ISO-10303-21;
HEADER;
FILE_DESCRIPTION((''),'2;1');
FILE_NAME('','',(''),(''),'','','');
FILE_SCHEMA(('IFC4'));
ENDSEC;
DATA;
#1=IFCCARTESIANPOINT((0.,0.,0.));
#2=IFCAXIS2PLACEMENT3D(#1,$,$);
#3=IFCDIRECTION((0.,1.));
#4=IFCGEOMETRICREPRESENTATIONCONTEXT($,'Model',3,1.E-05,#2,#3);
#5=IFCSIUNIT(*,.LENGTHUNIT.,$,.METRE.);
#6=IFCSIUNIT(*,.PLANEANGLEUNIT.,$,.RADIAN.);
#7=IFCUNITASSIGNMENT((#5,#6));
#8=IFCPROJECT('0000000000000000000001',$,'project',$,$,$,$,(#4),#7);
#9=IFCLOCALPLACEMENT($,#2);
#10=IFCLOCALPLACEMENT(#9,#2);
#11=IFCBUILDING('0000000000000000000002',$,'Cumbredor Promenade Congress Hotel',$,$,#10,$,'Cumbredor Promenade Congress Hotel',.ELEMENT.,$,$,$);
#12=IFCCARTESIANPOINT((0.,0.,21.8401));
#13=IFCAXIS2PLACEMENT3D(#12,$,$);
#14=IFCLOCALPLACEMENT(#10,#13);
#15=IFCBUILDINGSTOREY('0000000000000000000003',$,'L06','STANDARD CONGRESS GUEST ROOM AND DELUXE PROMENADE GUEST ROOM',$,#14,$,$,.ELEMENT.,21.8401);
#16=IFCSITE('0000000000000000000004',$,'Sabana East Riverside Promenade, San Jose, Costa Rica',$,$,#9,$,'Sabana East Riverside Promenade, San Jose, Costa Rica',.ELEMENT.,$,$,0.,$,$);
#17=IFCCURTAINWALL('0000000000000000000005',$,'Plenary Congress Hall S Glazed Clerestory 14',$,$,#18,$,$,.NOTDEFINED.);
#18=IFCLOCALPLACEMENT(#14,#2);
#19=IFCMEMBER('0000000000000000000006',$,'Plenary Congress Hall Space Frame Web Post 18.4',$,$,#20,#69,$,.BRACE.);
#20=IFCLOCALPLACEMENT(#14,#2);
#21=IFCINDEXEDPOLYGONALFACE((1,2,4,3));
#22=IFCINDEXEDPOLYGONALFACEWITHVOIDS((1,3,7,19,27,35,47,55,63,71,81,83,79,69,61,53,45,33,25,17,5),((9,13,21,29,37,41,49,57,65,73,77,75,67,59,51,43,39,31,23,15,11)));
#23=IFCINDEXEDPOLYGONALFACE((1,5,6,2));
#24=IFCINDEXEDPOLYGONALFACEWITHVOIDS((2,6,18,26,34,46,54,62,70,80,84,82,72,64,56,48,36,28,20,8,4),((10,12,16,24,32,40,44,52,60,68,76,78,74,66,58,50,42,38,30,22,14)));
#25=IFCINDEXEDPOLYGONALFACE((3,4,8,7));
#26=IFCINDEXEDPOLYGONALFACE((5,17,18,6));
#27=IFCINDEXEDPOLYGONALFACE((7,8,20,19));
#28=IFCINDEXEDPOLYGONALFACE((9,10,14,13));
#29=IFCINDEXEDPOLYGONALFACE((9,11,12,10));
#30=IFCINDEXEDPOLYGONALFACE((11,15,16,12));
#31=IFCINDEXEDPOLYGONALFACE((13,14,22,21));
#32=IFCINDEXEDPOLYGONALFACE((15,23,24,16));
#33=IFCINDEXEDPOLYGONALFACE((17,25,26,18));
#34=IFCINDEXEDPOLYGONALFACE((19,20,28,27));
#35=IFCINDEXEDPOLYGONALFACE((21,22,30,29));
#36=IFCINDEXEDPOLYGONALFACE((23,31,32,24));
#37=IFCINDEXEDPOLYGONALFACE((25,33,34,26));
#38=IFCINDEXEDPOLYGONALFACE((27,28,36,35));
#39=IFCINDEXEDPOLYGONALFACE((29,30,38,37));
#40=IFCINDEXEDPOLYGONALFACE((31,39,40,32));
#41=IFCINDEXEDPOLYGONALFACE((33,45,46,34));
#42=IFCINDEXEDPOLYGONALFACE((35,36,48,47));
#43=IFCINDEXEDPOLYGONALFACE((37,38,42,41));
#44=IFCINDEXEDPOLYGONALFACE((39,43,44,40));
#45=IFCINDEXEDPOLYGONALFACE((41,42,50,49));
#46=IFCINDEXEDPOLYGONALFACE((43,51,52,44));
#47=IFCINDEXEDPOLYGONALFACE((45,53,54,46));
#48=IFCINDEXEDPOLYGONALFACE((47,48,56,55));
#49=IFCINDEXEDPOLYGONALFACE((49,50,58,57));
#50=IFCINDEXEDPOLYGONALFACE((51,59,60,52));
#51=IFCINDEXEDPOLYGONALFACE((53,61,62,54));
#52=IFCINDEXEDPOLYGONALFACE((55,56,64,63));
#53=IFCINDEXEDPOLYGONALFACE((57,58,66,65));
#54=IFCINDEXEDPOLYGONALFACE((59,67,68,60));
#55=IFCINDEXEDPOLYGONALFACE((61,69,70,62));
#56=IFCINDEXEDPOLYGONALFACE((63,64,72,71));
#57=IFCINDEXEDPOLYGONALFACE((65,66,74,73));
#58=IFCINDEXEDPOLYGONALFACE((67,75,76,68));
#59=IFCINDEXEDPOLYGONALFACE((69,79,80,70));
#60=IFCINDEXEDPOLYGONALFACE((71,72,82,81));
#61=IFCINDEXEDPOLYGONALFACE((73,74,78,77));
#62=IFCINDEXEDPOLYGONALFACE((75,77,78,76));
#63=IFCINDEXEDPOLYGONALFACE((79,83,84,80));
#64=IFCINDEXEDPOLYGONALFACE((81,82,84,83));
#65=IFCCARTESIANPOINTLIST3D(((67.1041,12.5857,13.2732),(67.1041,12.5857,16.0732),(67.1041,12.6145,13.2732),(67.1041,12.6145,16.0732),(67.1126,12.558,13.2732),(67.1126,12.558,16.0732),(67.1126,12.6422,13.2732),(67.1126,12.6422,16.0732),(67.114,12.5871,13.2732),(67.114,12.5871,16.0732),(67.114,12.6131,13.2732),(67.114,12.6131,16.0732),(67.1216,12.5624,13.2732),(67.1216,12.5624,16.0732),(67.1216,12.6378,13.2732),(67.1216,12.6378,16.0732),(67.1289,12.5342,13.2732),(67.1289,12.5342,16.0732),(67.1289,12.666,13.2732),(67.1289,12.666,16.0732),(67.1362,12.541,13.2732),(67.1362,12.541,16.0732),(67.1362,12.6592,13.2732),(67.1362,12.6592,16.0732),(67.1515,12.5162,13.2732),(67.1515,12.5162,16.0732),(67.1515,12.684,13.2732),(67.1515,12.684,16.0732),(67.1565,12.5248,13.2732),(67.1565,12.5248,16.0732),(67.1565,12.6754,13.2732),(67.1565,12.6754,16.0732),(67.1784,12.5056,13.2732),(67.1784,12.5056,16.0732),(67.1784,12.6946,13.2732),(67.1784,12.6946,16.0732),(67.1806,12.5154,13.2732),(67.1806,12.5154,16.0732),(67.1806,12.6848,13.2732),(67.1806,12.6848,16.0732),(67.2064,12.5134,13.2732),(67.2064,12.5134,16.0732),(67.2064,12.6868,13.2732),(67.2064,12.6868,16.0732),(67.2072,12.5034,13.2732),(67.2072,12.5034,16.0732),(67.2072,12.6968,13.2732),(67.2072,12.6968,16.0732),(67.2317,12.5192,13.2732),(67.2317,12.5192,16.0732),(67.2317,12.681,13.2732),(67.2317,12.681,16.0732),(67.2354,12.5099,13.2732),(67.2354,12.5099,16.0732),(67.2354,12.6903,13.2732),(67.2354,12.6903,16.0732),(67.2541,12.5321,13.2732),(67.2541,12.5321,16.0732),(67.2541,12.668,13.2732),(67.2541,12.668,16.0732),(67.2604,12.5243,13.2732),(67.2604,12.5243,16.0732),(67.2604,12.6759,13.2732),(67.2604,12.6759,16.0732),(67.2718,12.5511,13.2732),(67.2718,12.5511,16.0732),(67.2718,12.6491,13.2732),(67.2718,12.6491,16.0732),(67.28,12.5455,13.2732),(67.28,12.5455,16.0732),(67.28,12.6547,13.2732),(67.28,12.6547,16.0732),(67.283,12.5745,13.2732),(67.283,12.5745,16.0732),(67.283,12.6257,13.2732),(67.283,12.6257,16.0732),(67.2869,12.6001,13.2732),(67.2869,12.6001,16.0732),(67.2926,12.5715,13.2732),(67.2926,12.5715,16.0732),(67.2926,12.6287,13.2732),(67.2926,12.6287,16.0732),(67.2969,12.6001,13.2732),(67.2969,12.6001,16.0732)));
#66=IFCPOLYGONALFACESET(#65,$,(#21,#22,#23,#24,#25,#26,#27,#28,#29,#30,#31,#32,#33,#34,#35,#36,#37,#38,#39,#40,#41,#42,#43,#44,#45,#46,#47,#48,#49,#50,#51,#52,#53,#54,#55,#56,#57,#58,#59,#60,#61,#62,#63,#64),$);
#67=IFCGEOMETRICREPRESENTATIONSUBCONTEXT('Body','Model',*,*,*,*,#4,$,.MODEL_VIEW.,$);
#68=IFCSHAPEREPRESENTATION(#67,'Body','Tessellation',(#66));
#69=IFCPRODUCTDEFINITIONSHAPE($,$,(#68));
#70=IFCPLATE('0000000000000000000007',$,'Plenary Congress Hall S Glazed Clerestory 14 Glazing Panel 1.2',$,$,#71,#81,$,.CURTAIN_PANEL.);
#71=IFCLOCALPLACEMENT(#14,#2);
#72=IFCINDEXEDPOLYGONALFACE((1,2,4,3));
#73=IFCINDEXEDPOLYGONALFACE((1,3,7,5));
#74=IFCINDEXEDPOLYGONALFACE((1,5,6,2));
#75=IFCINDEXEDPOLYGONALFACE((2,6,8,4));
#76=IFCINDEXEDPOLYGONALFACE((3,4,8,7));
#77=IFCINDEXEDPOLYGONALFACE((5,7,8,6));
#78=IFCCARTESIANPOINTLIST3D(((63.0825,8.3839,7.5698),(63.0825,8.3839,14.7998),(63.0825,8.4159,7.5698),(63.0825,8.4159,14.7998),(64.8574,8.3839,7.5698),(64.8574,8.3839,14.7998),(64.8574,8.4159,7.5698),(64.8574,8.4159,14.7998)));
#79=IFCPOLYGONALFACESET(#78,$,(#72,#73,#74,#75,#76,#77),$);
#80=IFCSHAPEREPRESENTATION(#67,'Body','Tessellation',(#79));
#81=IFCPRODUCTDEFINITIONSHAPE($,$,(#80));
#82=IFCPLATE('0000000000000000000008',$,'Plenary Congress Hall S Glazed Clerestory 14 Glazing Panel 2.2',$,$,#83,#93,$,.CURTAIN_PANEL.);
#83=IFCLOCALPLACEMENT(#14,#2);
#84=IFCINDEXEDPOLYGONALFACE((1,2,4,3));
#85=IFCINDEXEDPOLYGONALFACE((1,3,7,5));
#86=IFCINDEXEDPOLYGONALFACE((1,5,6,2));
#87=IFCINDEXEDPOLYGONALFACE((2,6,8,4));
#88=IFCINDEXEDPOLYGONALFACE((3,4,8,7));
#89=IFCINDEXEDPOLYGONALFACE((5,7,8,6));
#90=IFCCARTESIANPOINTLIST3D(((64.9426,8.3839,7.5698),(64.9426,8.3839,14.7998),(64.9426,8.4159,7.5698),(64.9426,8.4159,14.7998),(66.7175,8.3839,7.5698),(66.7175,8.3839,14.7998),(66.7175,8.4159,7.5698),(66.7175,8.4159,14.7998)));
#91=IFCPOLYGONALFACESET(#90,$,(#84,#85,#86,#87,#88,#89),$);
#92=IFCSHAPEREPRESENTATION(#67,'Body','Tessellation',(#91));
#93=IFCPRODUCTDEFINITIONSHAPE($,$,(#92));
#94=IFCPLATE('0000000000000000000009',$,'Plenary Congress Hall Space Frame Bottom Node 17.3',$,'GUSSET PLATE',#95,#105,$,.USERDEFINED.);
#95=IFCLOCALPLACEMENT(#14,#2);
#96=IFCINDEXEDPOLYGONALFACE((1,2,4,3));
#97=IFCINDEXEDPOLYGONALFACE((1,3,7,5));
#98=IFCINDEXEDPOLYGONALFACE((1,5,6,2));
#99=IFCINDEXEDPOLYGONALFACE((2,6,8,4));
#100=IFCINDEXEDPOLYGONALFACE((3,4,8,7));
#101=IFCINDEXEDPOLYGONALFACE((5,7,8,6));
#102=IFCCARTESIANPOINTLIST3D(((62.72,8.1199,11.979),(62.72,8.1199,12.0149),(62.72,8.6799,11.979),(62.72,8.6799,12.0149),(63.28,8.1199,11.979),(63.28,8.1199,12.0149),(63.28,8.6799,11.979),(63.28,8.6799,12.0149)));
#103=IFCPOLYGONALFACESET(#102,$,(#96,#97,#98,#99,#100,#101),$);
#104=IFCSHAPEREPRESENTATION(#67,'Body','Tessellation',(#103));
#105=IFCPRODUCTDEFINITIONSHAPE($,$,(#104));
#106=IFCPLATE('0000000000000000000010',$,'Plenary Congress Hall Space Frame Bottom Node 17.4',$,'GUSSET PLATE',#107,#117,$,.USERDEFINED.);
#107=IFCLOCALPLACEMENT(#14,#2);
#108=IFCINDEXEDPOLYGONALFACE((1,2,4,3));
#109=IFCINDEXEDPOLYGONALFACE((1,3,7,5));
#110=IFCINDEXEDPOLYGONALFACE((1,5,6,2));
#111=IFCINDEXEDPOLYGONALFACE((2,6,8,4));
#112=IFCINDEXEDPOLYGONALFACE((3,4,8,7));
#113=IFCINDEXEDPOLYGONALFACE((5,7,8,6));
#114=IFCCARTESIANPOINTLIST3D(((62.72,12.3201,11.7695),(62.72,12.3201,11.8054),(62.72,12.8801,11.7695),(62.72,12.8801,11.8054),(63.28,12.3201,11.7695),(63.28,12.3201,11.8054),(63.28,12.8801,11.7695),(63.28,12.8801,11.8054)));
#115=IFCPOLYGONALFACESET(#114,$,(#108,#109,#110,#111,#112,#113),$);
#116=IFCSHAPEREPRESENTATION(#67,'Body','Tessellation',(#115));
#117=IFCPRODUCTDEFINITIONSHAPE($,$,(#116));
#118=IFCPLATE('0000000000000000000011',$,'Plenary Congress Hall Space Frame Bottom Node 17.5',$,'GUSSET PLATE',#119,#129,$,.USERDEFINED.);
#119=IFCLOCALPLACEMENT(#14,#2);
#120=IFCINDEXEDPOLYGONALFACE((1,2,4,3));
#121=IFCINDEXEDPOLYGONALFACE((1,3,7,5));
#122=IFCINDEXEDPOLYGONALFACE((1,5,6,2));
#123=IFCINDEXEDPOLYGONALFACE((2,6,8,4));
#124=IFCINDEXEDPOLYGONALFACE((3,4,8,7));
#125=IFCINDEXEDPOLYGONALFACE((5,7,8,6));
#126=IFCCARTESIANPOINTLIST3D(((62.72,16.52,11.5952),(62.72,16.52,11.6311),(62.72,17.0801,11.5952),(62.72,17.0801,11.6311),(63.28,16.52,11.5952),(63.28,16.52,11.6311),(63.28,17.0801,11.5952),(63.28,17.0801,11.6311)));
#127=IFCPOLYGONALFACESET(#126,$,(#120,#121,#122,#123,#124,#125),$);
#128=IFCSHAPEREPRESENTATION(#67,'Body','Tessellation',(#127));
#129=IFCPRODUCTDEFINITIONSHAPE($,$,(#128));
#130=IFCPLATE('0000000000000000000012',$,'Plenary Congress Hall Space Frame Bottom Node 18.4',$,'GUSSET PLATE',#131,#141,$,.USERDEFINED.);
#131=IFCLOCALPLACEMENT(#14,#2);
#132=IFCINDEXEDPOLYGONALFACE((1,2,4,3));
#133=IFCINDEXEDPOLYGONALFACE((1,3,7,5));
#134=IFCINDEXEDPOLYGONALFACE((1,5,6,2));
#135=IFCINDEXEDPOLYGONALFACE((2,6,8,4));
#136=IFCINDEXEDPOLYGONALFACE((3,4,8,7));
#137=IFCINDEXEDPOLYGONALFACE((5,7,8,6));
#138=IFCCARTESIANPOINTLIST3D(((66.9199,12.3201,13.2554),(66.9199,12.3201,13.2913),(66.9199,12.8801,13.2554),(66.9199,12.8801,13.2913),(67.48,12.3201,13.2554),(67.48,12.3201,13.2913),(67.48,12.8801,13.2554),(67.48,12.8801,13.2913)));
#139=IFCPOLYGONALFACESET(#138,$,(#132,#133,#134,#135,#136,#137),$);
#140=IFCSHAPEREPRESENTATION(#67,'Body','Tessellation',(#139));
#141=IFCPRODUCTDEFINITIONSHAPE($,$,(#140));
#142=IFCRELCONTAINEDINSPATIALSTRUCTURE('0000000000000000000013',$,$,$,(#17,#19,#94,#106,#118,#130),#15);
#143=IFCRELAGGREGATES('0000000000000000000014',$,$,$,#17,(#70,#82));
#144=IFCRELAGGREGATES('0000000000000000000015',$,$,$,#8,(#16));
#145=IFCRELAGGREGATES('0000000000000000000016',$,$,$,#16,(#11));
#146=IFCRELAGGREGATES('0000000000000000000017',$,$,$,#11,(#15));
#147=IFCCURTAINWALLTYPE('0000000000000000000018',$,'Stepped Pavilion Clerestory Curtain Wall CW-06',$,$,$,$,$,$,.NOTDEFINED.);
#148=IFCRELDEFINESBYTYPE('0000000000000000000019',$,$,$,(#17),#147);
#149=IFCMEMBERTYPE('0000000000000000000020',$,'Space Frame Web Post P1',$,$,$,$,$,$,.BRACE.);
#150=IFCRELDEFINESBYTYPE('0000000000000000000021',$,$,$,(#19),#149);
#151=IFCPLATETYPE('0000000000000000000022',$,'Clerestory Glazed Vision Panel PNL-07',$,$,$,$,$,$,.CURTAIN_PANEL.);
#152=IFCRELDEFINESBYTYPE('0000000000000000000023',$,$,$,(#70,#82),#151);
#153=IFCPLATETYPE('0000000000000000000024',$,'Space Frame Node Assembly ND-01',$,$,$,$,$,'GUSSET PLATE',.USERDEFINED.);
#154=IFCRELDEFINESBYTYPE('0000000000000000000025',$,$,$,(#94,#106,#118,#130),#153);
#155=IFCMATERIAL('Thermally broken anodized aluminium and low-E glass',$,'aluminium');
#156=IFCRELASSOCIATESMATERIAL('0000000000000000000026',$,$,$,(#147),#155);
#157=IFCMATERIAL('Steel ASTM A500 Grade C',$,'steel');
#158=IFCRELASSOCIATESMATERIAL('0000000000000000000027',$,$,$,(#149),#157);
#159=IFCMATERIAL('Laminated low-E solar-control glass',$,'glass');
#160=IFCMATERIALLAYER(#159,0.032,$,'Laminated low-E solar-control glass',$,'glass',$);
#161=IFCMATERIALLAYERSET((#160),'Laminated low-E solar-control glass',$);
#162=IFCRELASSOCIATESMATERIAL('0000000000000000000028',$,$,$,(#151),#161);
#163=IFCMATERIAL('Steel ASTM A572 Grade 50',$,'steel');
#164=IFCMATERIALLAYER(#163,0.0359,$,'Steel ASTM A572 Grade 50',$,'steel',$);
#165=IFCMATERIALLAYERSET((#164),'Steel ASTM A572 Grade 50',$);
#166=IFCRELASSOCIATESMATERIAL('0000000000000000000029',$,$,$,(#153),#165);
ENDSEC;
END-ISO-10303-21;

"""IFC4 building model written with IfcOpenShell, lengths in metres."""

from ifc_helpers import new_model, si_unit, direction, frame, origin, origin_2d, place, context, subcontext, project, spatial, rectangle, hollow_circle, extrude, material, layer, layer_set, material_profile, profile_set, type_object, element, aggregate, save


model = new_model("IFC4")

# Units and contexts
model_context = context("Model", 3, precision=1e-05, world=origin(), true_north=direction((0.0, 1.0)))
body_context = subcontext(model_context, "Body", "Model", "MODEL_VIEW")
ifc_project = project(units=[si_unit("LENGTHUNIT", "METRE"), si_unit("PLANEANGLEUNIT", "RADIAN")], contexts=[model_context])

# Site, building, storey
site_placement = place(None, origin())
site = spatial("IfcSite", under=ifc_project, at=site_placement, Name="Sabana East Riverside Promenade, San Jose, Costa Rica", LongName="Sabana East Riverside Promenade, San Jose, Costa Rica", CompositionType="ELEMENT", RefElevation=0.0)
building_placement = place(site_placement, origin())
building = spatial("IfcBuilding", under=site, at=building_placement, Name="Cumbredor Promenade Congress Hotel", LongName="Cumbredor Promenade Congress Hotel", CompositionType="ELEMENT")
storey_placement = place(building_placement, frame((0.0, 0.0, 21.8401)))
storey = spatial("IfcBuildingStorey", under=building, at=storey_placement, Name="L06", Description="STANDARD CONGRESS GUEST ROOM AND DELUXE PROMENADE GUEST ROOM", CompositionType="ELEMENT", Elevation=21.8401)

# Curtain wall
ifc_material_1 = material(Name="Thermally broken anodized aluminium and low-E glass", Category="aluminium")
curtain_wall_type = type_object("IfcCurtainWallType", Name="Stepped Pavilion Clerestory Curtain Wall CW-06", PredefinedType="NOTDEFINED", material=ifc_material_1)
curtain_wall_placement = place(storey_placement, origin())
curtain_wall = element("IfcCurtainWall", 1, at=curtain_wall_placement, inside=storey, type_object=curtain_wall_type, Name="Plenary Congress Hall S Glazed Clerestory 14", PredefinedType="NOTDEFINED")

# Member
ifc_material_2 = material(Name="Steel ASTM A500 Grade C", Category="steel")
ifc_material_profile_1 = material_profile(ifc_material_2, hollow_circle(Radius=0.0969, WallThickness=0.01, at=origin_2d()), Name="CHS 193.7x10")
ifc_profile_set_1 = profile_set([ifc_material_profile_1], Name="Steel ASTM A500 Grade C")
member_type_1 = type_object("IfcMemberType", Name="Space Frame Web Post P1", PredefinedType="BRACE", material=ifc_profile_set_1)
for number, where, z_axis, x_axis, name in (
    (2, (67.2, 12.6001, 13.2732), (0.0, 0.0, 1.0), (1.0, 0.0, 0.0), "Plenary Congress Hall Space Frame Web Post 18.4"),
):
    element("IfcMember", number, at=place(storey_placement, frame(where, z_axis=z_axis, x_axis=x_axis)), inside=storey, type_object=member_type_1, Name=name, PredefinedType="BRACE", context=body_context, shape_type="SweptSolid", body=[
        extrude(hollow_circle(Radius=0.0969, WallThickness=0.01, at=origin_2d()), origin(), (0.0, 0.0, 1.0), 2.8),
    ])

# Plates
ifc_material_3 = material(Name="Laminated low-E solar-control glass", Category="glass")
ifc_layer_1 = layer(ifc_material_3, 0.032, Name="Laminated low-E solar-control glass", Category="glass")
ifc_layer_set_1 = layer_set([ifc_layer_1], Name="Laminated low-E solar-control glass")
plate_type_1 = type_object("IfcPlateType", Name="Clerestory Glazed Vision Panel PNL-07", PredefinedType="CURTAIN_PANEL", material=ifc_layer_set_1)
plate_1_placement = place(storey_placement, frame((63.97, 8.3999, 7.5698), z_axis=(0.0, 0.0, 1.0), x_axis=(1.0, 0.0, 0.0)))
plate_1 = element("IfcPlate", 3, at=plate_1_placement, type_object=plate_type_1, Name="Plenary Congress Hall S Glazed Clerestory 14 Glazing Panel 1.2", PredefinedType="CURTAIN_PANEL", context=body_context, shape_type="SweptSolid", body=[
    extrude(rectangle(XDim=1.7749, YDim=0.032, at=origin_2d()), origin(), (0.0, 0.0, 1.0), 7.23),
])
plate_2_placement = place(storey_placement, frame((65.8301, 8.3999, 7.5698), z_axis=(0.0, 0.0, 1.0), x_axis=(1.0, 0.0, 0.0)))
plate_2 = element("IfcPlate", 4, at=plate_2_placement, type_object=plate_type_1, Name="Plenary Congress Hall S Glazed Clerestory 14 Glazing Panel 2.2", PredefinedType="CURTAIN_PANEL", context=body_context, shape_type="SweptSolid", body=[
    extrude(rectangle(XDim=1.7749, YDim=0.032, at=origin_2d()), origin(), (0.0, 0.0, 1.0), 7.23),
])
aggregate(curtain_wall, [plate_1, plate_2])

# Plates
ifc_material_4 = material(Name="Steel ASTM A572 Grade 50", Category="steel")
ifc_layer_2 = layer(ifc_material_4, 0.0359, Name="Steel ASTM A572 Grade 50", Category="steel")
ifc_layer_set_2 = layer_set([ifc_layer_2], Name="Steel ASTM A572 Grade 50")
plate_type_2 = type_object("IfcPlateType", Name="Space Frame Node Assembly ND-01", ElementType="GUSSET PLATE", PredefinedType="USERDEFINED", material=ifc_layer_set_2)
for number, where, z_axis, x_axis, name in (
    (5, (63.0, 8.3999, 11.979), (0.0, 0.0, 1.0), (1.0, 0.0, 0.0), "Plenary Congress Hall Space Frame Bottom Node 17.3"),
    (6, (63.0, 12.6001, 11.7695), (0.0, 0.0, 1.0), (1.0, 0.0, 0.0), "Plenary Congress Hall Space Frame Bottom Node 17.4"),
    (7, (63.0, 16.8, 11.5952), (0.0, 0.0, 1.0), (1.0, 0.0, 0.0), "Plenary Congress Hall Space Frame Bottom Node 17.5"),
    (8, (67.2, 12.6001, 13.2554), (0.0, 0.0, 1.0), (1.0, 0.0, 0.0), "Plenary Congress Hall Space Frame Bottom Node 18.4"),
):
    element("IfcPlate", number, at=place(storey_placement, frame(where, z_axis=z_axis, x_axis=x_axis)), inside=storey, type_object=plate_type_2, Name=name, ObjectType="GUSSET PLATE", PredefinedType="USERDEFINED", context=body_context, shape_type="SweptSolid", body=[
        extrude(rectangle(XDim=0.5601, YDim=0.5601, at=origin_2d()), origin(), (0.0, 0.0, 1.0), 0.0359),
    ])

save(model, "model.ifc")
